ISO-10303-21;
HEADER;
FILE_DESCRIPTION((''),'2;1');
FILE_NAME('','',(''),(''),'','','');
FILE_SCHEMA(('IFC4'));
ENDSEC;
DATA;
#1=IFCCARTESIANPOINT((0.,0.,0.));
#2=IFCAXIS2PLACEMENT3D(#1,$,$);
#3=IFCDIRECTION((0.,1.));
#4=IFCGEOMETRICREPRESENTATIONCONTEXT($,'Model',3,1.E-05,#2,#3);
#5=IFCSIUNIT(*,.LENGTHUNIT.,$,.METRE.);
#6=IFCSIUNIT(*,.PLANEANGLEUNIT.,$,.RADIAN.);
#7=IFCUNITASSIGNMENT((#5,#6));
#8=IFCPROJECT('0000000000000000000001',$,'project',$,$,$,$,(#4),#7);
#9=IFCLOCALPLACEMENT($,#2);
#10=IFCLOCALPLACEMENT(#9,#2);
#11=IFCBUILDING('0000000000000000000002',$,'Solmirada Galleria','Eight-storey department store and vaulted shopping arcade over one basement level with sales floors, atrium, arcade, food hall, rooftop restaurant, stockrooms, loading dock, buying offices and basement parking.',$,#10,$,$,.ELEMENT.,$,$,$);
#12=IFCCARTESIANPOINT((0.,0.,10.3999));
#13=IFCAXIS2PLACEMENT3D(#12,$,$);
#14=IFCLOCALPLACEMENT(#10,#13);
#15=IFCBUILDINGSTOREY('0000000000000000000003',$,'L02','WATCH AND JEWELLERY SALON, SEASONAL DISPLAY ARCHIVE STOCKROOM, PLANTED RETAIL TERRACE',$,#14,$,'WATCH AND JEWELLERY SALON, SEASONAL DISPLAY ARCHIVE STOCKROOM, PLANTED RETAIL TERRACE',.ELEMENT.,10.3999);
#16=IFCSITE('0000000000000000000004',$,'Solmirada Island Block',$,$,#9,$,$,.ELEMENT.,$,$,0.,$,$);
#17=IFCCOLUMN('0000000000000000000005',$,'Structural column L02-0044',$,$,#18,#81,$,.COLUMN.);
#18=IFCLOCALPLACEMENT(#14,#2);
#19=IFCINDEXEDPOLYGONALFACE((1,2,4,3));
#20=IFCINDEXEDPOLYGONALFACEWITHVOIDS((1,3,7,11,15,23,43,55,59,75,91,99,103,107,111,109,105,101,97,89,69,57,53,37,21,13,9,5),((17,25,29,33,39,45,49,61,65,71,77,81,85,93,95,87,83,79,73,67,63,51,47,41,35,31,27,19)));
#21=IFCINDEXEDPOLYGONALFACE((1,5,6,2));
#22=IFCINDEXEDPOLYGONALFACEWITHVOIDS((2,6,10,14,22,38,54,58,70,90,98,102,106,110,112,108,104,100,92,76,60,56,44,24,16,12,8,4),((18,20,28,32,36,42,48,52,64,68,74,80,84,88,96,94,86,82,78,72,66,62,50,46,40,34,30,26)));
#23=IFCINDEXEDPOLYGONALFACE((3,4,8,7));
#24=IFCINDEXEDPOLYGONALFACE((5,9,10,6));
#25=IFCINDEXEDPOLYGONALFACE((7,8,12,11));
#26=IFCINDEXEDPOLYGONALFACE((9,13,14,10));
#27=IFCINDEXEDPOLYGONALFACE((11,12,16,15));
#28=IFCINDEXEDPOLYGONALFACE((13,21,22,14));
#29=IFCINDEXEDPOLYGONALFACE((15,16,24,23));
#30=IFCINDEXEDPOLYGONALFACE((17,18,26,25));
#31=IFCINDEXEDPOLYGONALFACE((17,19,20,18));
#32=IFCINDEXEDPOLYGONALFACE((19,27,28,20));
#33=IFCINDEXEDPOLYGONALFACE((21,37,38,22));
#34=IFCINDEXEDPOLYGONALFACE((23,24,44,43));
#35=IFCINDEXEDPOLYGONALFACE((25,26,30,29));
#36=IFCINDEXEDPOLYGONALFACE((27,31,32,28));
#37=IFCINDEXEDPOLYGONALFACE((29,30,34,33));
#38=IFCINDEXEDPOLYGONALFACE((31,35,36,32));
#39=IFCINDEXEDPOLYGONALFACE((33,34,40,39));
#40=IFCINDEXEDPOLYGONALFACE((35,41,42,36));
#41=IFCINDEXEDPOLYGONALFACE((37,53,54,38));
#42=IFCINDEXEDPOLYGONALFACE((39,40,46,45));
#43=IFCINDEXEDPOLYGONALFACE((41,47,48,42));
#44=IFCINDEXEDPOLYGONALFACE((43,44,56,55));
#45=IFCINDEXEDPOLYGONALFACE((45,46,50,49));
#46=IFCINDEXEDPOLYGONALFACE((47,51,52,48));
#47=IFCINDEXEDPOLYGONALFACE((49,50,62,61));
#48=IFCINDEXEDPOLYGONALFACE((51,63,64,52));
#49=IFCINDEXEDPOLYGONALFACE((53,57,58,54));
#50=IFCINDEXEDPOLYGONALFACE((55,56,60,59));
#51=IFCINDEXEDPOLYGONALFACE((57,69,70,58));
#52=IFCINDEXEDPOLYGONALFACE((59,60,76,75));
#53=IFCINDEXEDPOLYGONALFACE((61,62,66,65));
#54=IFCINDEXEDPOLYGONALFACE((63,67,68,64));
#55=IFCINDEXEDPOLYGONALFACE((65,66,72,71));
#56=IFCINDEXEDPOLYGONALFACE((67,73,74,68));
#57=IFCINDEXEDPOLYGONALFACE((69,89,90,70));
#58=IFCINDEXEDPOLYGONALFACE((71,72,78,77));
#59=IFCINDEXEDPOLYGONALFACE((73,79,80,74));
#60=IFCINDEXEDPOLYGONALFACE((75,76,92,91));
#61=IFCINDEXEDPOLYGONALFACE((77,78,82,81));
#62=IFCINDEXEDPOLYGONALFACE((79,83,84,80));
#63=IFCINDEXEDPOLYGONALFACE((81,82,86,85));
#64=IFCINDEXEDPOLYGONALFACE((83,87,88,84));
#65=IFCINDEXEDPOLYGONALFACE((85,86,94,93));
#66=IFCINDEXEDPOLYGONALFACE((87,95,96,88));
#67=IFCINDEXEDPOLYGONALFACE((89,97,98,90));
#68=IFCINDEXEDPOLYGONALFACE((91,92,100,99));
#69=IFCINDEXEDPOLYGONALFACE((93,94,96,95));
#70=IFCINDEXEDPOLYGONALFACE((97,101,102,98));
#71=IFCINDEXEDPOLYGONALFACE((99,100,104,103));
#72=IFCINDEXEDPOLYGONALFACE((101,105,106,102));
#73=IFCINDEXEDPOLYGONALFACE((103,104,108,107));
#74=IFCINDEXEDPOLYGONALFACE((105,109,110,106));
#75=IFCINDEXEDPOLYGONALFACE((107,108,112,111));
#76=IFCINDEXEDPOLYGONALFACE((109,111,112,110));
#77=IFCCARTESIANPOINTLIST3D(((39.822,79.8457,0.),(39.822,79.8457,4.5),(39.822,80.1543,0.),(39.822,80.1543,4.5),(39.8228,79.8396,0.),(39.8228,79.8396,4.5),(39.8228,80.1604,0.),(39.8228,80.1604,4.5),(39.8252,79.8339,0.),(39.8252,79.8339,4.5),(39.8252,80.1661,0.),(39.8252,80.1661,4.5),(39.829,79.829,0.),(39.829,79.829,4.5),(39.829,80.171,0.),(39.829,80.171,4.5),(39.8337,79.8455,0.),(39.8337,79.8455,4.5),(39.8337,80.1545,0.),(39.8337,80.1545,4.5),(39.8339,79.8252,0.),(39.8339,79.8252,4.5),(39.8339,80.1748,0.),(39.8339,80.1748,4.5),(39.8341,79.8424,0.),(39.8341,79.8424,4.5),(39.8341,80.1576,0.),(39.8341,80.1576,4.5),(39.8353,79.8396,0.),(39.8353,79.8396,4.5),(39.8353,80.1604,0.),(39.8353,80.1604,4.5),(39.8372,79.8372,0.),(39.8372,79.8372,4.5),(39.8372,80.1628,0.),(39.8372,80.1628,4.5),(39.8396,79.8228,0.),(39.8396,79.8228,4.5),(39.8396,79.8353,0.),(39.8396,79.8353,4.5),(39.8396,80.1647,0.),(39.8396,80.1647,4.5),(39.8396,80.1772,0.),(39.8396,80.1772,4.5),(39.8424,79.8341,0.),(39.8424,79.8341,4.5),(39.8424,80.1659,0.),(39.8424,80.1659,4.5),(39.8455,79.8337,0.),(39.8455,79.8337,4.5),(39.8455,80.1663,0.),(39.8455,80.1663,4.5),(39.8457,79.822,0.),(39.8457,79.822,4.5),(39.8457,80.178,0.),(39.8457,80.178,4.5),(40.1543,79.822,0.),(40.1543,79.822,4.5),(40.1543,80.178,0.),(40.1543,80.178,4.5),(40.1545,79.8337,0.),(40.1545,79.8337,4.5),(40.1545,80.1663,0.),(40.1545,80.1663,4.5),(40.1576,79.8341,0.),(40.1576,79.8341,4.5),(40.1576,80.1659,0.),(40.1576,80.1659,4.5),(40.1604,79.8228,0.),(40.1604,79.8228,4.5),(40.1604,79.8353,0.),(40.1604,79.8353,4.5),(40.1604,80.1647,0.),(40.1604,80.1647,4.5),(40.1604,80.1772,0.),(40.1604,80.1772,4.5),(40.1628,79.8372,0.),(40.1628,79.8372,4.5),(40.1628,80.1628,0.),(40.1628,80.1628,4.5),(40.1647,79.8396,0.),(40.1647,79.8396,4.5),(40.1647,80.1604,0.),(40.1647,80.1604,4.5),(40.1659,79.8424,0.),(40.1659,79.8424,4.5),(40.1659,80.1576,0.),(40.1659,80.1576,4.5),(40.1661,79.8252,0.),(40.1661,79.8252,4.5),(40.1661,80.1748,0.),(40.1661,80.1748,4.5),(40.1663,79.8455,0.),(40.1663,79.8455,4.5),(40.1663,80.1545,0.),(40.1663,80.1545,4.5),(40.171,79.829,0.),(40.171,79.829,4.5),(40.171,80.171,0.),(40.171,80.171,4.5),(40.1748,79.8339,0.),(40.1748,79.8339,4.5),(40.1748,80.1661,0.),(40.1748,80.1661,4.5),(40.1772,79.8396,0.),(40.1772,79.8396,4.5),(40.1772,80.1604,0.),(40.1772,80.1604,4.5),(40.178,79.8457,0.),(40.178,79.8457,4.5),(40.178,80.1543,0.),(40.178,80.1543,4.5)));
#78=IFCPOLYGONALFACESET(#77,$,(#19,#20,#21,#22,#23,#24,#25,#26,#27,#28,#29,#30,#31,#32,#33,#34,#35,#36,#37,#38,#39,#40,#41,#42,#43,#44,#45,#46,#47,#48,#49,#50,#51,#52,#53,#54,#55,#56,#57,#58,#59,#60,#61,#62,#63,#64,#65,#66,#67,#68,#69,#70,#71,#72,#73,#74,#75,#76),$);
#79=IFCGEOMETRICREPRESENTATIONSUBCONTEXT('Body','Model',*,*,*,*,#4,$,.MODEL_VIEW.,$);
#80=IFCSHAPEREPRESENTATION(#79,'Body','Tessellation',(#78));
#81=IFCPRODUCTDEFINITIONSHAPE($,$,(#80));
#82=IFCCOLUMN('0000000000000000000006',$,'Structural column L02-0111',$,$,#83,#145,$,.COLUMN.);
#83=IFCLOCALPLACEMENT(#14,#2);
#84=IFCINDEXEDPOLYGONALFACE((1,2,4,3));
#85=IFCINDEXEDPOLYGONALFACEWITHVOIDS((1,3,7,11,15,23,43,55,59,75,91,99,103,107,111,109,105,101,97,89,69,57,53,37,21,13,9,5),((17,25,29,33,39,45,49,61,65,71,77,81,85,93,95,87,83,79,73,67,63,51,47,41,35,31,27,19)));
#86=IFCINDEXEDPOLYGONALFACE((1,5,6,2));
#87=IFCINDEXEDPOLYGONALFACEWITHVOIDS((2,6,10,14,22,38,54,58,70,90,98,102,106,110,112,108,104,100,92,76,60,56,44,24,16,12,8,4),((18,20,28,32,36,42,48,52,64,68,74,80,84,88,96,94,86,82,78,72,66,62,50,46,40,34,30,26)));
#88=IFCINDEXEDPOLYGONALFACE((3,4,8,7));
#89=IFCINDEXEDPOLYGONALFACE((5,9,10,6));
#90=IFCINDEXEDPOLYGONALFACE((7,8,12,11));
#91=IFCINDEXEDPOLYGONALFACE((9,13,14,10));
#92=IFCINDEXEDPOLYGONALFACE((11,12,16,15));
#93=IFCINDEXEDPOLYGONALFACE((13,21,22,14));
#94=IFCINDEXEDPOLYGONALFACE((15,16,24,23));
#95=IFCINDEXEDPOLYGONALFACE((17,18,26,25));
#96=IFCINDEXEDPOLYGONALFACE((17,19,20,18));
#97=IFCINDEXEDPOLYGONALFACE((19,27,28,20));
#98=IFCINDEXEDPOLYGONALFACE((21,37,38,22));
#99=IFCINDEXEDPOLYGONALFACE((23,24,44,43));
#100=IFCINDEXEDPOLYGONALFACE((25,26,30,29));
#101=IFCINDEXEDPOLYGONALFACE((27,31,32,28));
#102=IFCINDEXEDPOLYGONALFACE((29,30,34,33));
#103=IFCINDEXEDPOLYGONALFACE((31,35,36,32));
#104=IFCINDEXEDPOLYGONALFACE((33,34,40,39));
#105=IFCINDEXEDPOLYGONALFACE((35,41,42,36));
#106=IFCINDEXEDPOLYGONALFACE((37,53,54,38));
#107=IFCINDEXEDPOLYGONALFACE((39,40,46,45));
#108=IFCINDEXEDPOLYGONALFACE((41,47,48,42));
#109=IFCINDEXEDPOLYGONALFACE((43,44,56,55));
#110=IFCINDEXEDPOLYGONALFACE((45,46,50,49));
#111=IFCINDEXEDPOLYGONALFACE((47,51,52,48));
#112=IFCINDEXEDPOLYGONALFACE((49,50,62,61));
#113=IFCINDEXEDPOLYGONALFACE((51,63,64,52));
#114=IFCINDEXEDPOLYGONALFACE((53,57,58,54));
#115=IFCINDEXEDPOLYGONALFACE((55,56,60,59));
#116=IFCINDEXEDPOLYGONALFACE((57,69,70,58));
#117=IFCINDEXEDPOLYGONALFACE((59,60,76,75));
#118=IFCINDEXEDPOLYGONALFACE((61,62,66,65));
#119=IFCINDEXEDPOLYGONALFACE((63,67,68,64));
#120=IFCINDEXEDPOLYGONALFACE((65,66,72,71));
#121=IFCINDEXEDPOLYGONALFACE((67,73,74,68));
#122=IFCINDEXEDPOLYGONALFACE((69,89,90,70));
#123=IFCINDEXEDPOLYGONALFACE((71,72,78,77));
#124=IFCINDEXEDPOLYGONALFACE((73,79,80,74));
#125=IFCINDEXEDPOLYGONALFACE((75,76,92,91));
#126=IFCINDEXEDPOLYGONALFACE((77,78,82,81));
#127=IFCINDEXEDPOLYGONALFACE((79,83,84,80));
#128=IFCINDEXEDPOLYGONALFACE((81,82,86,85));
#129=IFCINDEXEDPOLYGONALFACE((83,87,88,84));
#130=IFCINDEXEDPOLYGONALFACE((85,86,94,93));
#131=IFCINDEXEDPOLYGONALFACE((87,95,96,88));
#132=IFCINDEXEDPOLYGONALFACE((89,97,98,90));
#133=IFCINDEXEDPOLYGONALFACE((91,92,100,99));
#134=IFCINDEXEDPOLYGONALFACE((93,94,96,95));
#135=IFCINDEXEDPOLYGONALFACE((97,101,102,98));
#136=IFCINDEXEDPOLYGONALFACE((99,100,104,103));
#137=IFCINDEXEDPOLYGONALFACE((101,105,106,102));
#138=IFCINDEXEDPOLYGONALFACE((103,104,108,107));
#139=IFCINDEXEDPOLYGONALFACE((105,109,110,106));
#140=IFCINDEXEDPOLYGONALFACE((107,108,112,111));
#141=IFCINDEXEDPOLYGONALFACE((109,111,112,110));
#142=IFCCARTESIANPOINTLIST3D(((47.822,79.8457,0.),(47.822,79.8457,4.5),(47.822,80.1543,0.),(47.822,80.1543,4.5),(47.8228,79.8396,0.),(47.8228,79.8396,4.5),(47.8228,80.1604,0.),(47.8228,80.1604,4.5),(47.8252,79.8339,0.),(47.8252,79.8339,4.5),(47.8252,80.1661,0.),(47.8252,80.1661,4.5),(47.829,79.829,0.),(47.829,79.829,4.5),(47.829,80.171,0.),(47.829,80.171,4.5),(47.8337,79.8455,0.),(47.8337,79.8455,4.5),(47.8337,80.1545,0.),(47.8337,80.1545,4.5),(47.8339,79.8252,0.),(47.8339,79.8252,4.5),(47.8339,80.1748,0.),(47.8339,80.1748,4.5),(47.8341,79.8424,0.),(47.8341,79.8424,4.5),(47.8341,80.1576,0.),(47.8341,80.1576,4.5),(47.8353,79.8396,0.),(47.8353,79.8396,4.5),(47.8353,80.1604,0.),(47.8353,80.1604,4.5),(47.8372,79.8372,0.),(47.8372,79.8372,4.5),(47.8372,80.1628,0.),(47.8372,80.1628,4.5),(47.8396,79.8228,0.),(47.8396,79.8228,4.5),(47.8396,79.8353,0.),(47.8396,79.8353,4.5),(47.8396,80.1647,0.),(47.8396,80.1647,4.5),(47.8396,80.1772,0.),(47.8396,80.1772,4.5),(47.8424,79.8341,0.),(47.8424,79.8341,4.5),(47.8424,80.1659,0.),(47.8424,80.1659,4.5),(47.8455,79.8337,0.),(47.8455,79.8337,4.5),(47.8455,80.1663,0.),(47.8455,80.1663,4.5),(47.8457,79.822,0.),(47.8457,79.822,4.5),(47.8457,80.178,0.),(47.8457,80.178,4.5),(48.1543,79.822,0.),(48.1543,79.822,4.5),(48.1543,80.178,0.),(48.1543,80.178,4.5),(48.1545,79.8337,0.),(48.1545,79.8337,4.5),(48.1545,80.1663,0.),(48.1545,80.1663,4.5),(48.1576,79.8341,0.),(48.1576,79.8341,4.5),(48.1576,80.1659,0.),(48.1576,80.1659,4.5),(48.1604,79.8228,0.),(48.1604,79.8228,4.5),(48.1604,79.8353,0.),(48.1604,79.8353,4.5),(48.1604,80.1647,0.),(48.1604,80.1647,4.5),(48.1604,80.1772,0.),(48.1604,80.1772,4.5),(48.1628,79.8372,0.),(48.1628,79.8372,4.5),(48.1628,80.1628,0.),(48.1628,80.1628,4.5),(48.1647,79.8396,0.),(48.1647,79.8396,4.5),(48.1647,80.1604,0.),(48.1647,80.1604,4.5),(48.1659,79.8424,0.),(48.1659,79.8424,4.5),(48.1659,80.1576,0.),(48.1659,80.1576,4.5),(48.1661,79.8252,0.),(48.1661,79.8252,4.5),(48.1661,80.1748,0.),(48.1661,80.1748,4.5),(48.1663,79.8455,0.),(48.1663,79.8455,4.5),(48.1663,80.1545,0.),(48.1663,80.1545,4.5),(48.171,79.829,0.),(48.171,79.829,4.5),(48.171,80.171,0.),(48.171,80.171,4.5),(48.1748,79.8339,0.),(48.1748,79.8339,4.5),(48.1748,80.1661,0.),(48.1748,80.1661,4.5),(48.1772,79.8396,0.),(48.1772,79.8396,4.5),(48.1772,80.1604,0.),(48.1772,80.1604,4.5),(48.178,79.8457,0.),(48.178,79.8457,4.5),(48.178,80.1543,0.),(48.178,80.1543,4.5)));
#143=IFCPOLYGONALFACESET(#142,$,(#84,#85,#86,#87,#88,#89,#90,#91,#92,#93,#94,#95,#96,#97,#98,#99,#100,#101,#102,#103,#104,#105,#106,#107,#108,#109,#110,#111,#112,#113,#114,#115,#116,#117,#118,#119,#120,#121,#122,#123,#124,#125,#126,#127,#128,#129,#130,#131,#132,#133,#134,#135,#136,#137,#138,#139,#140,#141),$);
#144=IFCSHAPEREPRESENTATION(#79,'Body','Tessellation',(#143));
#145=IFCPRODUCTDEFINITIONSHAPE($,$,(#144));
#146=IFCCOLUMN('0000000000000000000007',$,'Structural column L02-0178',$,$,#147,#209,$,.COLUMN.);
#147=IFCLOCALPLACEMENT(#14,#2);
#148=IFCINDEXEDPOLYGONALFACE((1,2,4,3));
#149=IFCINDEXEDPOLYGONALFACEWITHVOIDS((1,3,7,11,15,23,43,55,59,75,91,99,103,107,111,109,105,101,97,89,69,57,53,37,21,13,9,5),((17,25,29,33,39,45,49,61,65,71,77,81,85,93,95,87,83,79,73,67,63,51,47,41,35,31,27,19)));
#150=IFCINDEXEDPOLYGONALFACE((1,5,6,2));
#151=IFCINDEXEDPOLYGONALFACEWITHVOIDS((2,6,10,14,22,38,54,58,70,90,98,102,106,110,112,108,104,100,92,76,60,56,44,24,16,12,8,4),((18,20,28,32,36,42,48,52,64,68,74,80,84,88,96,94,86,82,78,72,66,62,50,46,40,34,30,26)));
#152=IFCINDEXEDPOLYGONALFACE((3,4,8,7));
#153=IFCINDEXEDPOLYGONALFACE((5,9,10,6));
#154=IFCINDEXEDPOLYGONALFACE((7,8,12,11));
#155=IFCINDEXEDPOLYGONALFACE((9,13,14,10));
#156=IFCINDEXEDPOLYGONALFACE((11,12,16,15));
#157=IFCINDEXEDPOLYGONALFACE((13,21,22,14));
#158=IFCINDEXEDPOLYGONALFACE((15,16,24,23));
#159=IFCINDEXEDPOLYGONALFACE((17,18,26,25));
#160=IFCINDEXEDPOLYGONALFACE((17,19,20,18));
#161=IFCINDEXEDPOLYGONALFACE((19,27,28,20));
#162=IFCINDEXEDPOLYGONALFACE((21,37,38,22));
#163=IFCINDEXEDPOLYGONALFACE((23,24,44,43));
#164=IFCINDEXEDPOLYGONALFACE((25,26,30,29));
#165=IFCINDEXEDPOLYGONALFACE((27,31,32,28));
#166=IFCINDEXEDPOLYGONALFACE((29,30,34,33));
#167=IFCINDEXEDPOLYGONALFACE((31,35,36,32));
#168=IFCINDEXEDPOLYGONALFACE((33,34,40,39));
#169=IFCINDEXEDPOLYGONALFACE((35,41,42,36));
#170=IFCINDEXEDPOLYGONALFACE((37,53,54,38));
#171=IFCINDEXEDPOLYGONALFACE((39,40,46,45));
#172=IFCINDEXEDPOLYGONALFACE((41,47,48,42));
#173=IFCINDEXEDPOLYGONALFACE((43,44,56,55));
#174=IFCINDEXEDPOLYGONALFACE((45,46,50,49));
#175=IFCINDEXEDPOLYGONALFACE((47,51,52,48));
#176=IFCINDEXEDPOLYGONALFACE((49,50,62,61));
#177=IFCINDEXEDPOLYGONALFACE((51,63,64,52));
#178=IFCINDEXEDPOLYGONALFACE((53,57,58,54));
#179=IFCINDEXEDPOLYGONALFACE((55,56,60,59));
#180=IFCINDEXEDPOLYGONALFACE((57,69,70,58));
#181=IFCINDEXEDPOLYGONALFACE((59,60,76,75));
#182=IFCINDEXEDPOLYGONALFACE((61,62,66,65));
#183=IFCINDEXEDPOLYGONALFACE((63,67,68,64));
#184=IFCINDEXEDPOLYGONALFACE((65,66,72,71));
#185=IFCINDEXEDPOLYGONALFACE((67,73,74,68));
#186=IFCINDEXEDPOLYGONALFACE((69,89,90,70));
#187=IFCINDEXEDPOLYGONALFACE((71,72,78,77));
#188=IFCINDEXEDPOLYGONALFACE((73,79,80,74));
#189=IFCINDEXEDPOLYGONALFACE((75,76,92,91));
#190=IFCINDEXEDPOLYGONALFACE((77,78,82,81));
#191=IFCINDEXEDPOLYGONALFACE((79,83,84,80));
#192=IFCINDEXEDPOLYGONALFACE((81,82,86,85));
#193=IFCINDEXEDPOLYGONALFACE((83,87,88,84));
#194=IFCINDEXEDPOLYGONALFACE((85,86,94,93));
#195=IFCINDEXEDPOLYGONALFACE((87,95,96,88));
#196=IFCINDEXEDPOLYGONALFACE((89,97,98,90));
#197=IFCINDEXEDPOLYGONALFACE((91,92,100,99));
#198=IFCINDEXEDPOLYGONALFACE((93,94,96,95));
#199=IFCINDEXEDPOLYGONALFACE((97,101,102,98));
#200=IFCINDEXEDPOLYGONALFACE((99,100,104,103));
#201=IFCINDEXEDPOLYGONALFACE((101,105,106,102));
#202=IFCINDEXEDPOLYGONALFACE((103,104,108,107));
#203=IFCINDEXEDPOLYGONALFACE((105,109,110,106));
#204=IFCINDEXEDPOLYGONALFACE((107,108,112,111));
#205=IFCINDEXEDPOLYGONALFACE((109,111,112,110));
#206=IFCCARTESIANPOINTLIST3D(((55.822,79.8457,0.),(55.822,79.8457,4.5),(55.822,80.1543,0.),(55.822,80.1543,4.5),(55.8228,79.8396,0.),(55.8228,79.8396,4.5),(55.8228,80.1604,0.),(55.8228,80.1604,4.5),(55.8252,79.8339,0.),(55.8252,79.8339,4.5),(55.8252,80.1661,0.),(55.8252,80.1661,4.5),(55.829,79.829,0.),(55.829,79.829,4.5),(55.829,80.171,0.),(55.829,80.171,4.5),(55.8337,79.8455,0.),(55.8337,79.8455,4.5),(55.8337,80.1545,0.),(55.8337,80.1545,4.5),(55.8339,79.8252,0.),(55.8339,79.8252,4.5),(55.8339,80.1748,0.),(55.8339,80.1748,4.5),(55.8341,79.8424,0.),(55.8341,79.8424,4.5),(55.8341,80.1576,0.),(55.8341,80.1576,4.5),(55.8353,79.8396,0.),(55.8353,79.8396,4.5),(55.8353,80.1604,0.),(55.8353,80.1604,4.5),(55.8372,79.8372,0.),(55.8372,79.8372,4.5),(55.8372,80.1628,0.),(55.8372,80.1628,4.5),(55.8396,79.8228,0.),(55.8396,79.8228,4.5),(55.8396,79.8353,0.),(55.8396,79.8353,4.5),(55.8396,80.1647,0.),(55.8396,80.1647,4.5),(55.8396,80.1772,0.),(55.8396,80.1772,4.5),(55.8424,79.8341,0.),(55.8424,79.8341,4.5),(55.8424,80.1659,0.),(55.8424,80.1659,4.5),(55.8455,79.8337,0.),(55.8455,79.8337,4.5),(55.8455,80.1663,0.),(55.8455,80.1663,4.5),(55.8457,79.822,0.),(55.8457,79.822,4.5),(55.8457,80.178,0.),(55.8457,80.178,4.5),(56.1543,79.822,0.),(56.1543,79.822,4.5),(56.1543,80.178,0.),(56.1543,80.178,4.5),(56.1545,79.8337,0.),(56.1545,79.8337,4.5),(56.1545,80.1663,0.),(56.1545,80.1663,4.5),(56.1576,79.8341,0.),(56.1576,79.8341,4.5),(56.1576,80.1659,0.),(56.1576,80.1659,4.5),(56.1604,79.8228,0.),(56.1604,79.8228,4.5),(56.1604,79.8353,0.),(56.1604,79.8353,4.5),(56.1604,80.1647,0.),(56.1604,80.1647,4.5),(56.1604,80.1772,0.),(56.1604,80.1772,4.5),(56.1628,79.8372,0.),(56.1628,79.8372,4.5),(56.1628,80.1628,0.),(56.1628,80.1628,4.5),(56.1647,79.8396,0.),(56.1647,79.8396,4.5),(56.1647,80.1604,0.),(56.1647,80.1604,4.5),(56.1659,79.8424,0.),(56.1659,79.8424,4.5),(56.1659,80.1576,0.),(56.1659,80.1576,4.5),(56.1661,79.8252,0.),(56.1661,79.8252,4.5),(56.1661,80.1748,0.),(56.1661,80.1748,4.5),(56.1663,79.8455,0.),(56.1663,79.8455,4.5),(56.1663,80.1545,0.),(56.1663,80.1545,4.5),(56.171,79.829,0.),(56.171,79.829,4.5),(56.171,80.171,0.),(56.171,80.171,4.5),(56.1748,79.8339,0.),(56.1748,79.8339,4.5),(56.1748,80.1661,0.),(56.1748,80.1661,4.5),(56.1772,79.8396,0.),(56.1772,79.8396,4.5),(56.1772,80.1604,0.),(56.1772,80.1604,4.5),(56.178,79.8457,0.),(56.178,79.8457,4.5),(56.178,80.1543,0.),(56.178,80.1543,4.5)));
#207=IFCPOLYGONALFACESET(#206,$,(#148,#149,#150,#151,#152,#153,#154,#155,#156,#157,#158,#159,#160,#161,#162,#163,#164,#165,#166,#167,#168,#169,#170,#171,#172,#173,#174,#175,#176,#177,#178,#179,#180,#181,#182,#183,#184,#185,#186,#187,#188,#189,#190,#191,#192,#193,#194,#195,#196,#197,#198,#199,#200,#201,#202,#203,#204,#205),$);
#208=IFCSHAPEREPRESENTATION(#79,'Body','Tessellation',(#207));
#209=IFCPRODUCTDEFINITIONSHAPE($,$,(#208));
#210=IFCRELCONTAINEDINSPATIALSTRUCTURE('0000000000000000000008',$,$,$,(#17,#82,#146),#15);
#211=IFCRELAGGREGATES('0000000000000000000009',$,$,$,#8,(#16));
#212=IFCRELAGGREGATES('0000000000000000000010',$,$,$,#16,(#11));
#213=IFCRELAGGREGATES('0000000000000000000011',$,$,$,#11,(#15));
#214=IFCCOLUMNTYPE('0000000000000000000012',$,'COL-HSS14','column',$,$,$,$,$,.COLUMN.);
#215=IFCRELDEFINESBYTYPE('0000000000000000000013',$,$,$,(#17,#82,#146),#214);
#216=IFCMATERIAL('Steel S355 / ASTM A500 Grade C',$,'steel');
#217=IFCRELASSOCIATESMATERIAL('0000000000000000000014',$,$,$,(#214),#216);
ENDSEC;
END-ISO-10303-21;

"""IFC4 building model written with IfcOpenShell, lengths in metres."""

from ifc_helpers import new_model, si_unit, direction, frame, origin, origin_2d, place, context, subcontext, project, spatial, hollow_rectangle, extrude, material, material_profile, profile_set, type_object, element, save


model = new_model("IFC4")

# Units and contexts
model_context = context("Model", 3, precision=1e-05, world=origin(), true_north=direction((0.0, 1.0)))
body_context = subcontext(model_context, "Body", "Model", "MODEL_VIEW")
ifc_project = project(units=[si_unit("LENGTHUNIT", "METRE"), si_unit("PLANEANGLEUNIT", "RADIAN")], contexts=[model_context])

# Site, building, storey
site_placement = place(None, origin())
site = spatial("IfcSite", under=ifc_project, at=site_placement, Name="Solmirada Island Block", CompositionType="ELEMENT", RefElevation=0.0)
building_placement = place(site_placement, origin())
building = spatial("IfcBuilding", under=site, at=building_placement, Name="Solmirada Galleria", Description="Eight-storey department store and vaulted shopping arcade over one basement level with sales floors, atrium, arcade, food hall, rooftop restaurant, stockrooms, loading dock, buying offices and basement parking.", CompositionType="ELEMENT")
storey_placement = place(building_placement, frame((0.0, 0.0, 10.3999)))
storey = spatial("IfcBuildingStorey", under=building, at=storey_placement, Name="L02", Description="WATCH AND JEWELLERY SALON, SEASONAL DISPLAY ARCHIVE STOCKROOM, PLANTED RETAIL TERRACE", LongName="WATCH AND JEWELLERY SALON, SEASONAL DISPLAY ARCHIVE STOCKROOM, PLANTED RETAIL TERRACE", CompositionType="ELEMENT", Elevation=10.3999)

# Columns
ifc_material_1 = material(Name="Steel S355 / ASTM A500 Grade C", Category="steel")
ifc_material_profile_1 = material_profile(ifc_material_1, hollow_rectangle(XDim=0.356, YDim=0.356, WallThickness=0.0117, InnerFilletRadius=0.0117, OuterFilletRadius=0.0237, at=origin_2d()), Name="HSS14X14X1/2")
ifc_profile_set_1 = profile_set([ifc_material_profile_1], Name="Steel S355 / ASTM A500 Grade C")
column_type = type_object("IfcColumnType", Name="COL-HSS14", Description="column", PredefinedType="COLUMN", material=ifc_profile_set_1)
for number, where, z_axis, x_axis, name in (
    (1, (40.0, 80.0, 0.0), (0.0, 0.0, 1.0), (1.0, 0.0, 0.0), "Structural column L02-0044"),
    (2, (48.0, 80.0, 0.0), (0.0, 0.0, 1.0), (1.0, 0.0, 0.0), "Structural column L02-0111"),
    (3, (56.0, 80.0, 0.0), (0.0, 0.0, 1.0), (1.0, 0.0, 0.0), "Structural column L02-0178"),
):
    element("IfcColumn", number, at=place(storey_placement, frame(where, z_axis=z_axis, x_axis=x_axis)), inside=storey, type_object=column_type, Name=name, PredefinedType="COLUMN", context=body_context, shape_type="SweptSolid", body=[
        extrude(hollow_rectangle(XDim=0.356, YDim=0.356, WallThickness=0.0117, InnerFilletRadius=0.0117, OuterFilletRadius=0.0237, at=origin_2d()), origin(), (0.0, 0.0, 1.0), 4.5),
    ])

save(model, "model.ifc")
